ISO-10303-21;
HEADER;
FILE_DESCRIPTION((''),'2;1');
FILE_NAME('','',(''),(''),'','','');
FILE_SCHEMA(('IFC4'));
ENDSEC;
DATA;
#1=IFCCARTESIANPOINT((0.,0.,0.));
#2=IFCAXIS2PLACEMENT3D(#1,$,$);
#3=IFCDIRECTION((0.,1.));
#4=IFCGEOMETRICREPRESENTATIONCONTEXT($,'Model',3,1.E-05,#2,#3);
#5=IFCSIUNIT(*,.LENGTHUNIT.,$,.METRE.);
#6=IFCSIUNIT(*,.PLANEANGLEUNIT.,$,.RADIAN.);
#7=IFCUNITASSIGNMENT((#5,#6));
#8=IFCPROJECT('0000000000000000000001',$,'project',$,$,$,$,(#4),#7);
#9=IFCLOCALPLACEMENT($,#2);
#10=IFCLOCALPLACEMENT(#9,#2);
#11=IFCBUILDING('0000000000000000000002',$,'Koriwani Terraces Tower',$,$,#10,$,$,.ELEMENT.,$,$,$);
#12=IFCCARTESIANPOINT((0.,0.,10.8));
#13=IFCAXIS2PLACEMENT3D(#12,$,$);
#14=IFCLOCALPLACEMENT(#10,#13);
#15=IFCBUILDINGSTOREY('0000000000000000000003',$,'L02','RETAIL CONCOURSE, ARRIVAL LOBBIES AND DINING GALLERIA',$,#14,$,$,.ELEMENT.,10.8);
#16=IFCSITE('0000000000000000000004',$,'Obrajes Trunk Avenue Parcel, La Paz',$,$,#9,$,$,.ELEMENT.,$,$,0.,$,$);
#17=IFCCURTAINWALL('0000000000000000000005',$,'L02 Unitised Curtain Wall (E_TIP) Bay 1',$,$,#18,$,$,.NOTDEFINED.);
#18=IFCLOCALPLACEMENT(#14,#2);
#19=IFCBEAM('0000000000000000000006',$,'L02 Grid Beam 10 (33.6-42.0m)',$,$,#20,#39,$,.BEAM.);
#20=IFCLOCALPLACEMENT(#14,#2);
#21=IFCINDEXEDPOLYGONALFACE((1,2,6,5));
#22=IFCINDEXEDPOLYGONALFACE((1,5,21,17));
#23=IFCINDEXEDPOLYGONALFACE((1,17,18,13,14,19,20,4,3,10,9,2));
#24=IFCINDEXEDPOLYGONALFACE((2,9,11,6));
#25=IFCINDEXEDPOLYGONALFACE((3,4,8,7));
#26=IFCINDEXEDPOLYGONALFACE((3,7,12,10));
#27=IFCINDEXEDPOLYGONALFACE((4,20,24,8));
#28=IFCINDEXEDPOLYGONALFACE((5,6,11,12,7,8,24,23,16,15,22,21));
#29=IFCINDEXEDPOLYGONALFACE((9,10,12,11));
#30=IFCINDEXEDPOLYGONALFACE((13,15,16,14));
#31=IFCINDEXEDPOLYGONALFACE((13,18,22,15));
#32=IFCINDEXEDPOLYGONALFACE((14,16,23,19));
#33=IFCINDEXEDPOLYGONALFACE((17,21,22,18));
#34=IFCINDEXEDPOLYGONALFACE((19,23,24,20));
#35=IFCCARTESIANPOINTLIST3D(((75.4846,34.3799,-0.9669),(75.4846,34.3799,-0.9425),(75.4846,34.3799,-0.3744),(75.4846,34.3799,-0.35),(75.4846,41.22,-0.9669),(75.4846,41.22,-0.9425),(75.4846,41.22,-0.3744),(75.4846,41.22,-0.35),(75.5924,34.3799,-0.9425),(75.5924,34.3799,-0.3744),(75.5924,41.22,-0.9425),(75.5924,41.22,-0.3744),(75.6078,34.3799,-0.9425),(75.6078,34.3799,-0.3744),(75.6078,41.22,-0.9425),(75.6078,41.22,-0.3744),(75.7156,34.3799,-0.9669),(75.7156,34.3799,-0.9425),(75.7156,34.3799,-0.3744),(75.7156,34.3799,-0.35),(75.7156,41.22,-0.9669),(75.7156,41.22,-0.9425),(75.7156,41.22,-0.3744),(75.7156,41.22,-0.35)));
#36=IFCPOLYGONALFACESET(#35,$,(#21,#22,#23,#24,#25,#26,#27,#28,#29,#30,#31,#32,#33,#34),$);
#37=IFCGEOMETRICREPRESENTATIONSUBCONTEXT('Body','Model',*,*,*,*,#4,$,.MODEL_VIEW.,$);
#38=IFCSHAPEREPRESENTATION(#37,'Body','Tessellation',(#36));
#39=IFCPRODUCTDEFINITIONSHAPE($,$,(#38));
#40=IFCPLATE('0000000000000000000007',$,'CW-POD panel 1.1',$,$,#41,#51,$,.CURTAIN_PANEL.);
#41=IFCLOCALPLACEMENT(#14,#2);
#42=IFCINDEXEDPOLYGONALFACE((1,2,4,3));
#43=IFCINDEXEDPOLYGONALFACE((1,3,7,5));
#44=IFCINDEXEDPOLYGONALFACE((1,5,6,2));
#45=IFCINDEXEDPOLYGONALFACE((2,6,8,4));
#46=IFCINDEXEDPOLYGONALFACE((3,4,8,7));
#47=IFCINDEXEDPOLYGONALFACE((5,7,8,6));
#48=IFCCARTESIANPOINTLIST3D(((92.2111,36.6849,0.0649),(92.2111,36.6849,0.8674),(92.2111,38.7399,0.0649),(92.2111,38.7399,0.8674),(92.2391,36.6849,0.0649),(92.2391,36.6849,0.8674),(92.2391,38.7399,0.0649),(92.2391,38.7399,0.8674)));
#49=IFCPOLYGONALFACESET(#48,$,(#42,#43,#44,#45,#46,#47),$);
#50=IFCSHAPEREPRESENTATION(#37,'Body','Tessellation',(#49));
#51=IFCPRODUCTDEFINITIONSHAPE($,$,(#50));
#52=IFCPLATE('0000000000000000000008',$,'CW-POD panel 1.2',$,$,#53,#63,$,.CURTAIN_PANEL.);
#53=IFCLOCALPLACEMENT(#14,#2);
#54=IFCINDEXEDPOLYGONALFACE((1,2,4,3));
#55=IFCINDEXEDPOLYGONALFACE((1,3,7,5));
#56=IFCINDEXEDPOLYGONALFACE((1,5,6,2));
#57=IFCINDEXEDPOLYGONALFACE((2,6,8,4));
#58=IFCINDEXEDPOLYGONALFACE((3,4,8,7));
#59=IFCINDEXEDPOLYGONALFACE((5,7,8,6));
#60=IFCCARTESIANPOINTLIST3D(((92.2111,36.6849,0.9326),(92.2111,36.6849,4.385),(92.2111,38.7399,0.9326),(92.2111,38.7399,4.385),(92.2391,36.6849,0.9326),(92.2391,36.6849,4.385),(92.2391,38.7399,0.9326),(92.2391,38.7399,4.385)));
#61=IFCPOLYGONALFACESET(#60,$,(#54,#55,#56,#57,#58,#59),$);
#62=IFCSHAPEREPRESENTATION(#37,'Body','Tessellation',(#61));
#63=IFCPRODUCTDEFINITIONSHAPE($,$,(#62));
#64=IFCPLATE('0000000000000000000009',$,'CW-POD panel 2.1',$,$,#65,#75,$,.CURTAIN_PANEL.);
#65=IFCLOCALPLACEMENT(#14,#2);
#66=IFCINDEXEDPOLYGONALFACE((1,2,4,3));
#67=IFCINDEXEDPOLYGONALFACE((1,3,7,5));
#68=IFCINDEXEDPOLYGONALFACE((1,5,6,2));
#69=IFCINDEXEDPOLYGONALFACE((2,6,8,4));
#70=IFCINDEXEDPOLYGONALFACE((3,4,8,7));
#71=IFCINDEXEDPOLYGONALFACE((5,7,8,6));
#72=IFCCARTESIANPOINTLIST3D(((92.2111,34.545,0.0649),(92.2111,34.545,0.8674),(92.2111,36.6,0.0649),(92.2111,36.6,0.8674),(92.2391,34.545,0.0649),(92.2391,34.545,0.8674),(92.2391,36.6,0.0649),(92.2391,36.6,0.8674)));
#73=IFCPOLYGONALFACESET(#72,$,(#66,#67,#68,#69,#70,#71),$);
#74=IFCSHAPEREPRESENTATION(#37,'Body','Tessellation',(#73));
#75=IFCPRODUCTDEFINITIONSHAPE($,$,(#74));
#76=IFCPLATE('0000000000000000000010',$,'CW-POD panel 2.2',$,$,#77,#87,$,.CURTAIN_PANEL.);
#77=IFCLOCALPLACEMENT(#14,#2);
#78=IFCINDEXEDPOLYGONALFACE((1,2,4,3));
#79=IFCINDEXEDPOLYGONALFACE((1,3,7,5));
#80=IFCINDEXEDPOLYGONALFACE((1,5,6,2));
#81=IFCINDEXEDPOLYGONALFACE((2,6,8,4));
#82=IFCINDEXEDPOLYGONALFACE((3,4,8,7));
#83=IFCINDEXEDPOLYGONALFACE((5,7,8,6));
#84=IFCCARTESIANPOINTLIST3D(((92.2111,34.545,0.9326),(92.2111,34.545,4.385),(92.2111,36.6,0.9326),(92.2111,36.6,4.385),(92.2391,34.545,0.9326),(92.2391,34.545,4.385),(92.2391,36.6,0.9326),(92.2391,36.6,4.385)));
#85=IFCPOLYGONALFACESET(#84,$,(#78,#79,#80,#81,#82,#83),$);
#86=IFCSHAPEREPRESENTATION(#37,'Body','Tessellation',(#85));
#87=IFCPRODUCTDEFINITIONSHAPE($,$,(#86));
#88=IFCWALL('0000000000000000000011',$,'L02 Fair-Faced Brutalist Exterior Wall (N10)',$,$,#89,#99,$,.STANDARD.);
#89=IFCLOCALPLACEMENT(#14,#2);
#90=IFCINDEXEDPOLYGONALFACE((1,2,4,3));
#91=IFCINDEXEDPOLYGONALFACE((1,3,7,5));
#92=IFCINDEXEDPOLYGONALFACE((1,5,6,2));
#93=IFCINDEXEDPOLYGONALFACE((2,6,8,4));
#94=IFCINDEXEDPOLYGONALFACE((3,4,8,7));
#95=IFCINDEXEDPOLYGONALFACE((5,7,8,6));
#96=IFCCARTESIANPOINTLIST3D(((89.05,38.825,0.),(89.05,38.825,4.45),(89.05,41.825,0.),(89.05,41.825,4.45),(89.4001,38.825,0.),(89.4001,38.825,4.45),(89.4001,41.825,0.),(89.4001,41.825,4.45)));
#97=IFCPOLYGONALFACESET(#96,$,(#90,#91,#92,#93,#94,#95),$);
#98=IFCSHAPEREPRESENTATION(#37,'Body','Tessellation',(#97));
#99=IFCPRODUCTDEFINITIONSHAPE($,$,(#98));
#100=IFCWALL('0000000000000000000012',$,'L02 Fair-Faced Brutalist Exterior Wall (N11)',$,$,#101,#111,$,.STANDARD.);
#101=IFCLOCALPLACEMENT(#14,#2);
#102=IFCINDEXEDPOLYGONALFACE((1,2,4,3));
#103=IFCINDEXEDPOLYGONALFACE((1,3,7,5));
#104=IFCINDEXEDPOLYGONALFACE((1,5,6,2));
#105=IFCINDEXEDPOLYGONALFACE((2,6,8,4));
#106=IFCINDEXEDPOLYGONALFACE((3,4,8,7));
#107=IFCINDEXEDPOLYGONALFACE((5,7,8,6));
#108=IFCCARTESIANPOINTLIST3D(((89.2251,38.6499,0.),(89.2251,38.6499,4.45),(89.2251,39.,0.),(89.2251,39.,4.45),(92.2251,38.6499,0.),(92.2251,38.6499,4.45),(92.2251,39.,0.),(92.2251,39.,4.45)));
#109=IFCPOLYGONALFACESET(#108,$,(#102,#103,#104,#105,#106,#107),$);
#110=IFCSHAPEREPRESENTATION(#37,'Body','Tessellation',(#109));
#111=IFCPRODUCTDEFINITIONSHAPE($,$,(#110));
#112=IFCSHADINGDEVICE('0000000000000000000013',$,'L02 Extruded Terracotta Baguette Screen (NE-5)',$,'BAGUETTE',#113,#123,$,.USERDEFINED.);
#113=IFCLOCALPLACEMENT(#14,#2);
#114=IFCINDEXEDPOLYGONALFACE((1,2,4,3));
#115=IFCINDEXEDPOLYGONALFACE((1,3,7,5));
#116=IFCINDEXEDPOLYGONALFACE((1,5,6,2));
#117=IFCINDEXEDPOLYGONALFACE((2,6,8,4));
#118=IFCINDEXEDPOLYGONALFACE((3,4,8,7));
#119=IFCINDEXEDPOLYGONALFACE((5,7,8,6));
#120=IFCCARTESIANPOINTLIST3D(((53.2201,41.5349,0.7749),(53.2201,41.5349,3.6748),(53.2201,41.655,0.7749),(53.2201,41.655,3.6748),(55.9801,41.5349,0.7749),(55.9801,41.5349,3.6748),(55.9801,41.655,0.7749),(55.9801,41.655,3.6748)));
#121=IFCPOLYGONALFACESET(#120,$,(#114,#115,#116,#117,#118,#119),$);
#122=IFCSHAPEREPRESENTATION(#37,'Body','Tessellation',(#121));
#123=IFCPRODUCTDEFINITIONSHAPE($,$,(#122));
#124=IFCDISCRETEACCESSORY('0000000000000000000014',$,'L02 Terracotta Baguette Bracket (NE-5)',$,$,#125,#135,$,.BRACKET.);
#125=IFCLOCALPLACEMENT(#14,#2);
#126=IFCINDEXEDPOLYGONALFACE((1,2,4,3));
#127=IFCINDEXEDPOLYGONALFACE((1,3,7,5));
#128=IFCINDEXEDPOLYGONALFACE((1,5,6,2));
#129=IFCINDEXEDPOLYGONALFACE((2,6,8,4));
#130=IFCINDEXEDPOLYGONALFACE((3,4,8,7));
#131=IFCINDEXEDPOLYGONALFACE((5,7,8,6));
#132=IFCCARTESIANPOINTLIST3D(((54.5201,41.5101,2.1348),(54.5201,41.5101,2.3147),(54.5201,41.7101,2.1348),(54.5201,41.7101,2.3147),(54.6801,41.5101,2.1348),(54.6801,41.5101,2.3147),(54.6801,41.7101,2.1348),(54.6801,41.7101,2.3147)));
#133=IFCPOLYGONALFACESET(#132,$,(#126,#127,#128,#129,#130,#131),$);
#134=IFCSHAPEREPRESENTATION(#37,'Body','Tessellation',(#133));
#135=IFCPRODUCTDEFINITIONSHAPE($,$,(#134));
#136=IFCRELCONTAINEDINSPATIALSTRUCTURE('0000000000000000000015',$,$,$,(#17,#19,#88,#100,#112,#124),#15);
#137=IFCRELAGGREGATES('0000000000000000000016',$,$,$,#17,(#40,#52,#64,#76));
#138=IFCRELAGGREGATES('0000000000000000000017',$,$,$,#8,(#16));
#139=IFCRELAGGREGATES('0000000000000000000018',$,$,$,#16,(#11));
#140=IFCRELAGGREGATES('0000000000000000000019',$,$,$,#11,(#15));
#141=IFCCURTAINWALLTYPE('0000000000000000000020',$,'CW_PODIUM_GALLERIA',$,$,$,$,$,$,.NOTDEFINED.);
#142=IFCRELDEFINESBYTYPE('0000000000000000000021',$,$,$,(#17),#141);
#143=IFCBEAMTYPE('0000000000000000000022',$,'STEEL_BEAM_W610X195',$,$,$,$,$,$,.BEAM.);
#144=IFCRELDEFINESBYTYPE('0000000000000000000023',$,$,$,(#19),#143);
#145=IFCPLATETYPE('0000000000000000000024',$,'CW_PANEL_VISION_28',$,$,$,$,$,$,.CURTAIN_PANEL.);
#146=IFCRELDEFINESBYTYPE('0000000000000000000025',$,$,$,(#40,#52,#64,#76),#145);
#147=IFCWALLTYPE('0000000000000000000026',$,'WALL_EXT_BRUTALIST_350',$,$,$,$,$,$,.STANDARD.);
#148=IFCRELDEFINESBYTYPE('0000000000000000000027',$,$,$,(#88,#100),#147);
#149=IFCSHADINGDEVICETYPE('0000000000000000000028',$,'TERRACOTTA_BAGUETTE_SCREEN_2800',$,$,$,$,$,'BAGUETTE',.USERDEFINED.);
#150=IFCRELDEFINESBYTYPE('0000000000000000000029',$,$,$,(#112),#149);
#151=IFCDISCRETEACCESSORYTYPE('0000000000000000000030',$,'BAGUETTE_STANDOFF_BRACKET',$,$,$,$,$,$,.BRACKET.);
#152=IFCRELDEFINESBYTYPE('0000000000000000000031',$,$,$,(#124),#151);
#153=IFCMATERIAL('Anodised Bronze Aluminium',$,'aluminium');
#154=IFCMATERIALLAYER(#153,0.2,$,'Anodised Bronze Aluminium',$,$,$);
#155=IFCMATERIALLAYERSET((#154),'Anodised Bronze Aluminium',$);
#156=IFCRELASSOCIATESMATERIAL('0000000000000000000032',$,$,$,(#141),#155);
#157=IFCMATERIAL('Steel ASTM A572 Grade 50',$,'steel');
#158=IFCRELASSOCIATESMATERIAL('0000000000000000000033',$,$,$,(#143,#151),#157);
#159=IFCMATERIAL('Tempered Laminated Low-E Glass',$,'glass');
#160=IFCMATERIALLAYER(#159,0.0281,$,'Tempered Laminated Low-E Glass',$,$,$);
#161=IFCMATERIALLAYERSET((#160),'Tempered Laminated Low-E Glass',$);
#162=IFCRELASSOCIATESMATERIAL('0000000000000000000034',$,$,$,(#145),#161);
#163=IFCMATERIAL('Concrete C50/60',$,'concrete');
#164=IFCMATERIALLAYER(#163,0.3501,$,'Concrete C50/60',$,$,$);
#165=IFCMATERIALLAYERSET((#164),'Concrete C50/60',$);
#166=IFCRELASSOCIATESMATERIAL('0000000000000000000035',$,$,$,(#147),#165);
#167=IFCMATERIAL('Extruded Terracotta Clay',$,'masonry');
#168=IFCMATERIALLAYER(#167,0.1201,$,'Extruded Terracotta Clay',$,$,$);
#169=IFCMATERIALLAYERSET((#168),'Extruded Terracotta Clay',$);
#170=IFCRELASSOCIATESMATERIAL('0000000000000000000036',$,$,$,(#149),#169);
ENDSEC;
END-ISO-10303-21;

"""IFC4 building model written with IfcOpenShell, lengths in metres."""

from ifc_helpers import new_model, si_unit, direction, frame, frame_2d, origin, origin_2d, place, context, subcontext, project, spatial, rectangle, i_section, extrude, material, layer, layer_set, material_profile, profile_set, type_object, element, aggregate, save


model = new_model("IFC4")

# Units and contexts
model_context = context("Model", 3, precision=1e-05, world=origin(), true_north=direction((0.0, 1.0)))
body_context = subcontext(model_context, "Body", "Model", "MODEL_VIEW")
ifc_project = project(units=[si_unit("LENGTHUNIT", "METRE"), si_unit("PLANEANGLEUNIT", "RADIAN")], contexts=[model_context])

# Site, building, storey
site_placement = place(None, origin())
site = spatial("IfcSite", under=ifc_project, at=site_placement, Name="Obrajes Trunk Avenue Parcel, La Paz", CompositionType="ELEMENT", RefElevation=0.0)
building_placement = place(site_placement, origin())
building = spatial("IfcBuilding", under=site, at=building_placement, Name="Koriwani Terraces Tower", CompositionType="ELEMENT")
storey_placement = place(building_placement, frame((0.0, 0.0, 10.8)))
storey = spatial("IfcBuildingStorey", under=building, at=storey_placement, Name="L02", Description="RETAIL CONCOURSE, ARRIVAL LOBBIES AND DINING GALLERIA", CompositionType="ELEMENT", Elevation=10.8)

# Curtain wall
ifc_material_1 = material(Name="Anodised Bronze Aluminium", Category="aluminium")
ifc_layer_1 = layer(ifc_material_1, 0.2, Name="Anodised Bronze Aluminium")
ifc_layer_set_1 = layer_set([ifc_layer_1], Name="Anodised Bronze Aluminium")
curtain_wall_type = type_object("IfcCurtainWallType", Name="CW_PODIUM_GALLERIA", PredefinedType="NOTDEFINED", material=ifc_layer_set_1)
curtain_wall_placement = place(storey_placement, origin())
curtain_wall = element("IfcCurtainWall", 1, at=curtain_wall_placement, inside=storey, type_object=curtain_wall_type, Name="L02 Unitised Curtain Wall (E_TIP) Bay 1", PredefinedType="NOTDEFINED")

# Beam
ifc_material_2 = material(Name="Steel ASTM A572 Grade 50", Category="steel")
ifc_material_profile_1 = material_profile(ifc_material_2, i_section(OverallWidth=0.231, OverallDepth=0.6169, WebThickness=0.0154, FlangeThickness=0.0244, at=origin_2d()), Name="Steel ASTM A572 Grade 50", Category="LoadBearing")
ifc_profile_set_1 = profile_set([ifc_material_profile_1], Name="Steel ASTM A572 Grade 50")
beam_type_1 = type_object("IfcBeamType", Name="STEEL_BEAM_W610X195", PredefinedType="BEAM", material=ifc_profile_set_1)
beam_1_placement = place(storey_placement, frame((75.6001, 34.3799, -0.6584), z_axis=(0.0, 1.0, 0.0), x_axis=(-1.0, 0.0, 0.0)))
element("IfcBeam", 2, at=beam_1_placement, inside=storey, type_object=beam_type_1, Name="L02 Grid Beam 10 (33.6-42.0m)", PredefinedType="BEAM", context=body_context, shape_type="SweptSolid", body=[
    extrude(i_section(OverallWidth=0.231, OverallDepth=0.6169, WebThickness=0.0154, FlangeThickness=0.0244, at=origin_2d()), origin(), (0.0, 0.0, 1.0), 6.8401),
])

# Plates
ifc_material_3 = material(Name="Tempered Laminated Low-E Glass", Category="glass")
ifc_layer_2 = layer(ifc_material_3, 0.0281, Name="Tempered Laminated Low-E Glass")
ifc_layer_set_2 = layer_set([ifc_layer_2], Name="Tempered Laminated Low-E Glass")
plate_type = type_object("IfcPlateType", Name="CW_PANEL_VISION_28", PredefinedType="CURTAIN_PANEL", material=ifc_layer_set_2)
plate_1_placement = place(storey_placement, frame((92.2251, 37.7124, 0.0649), z_axis=(0.0, 0.0, 1.0), x_axis=(0.0, -1.0, 0.0)))
plate_1 = element("IfcPlate", 3, at=plate_1_placement, type_object=plate_type, Name="CW-POD panel 1.1", PredefinedType="CURTAIN_PANEL", context=body_context, shape_type="SweptSolid", body=[
    extrude(rectangle(XDim=2.0549, YDim=0.0281, at=origin_2d()), origin(), (0.0, 0.0, 1.0), 0.8025),
])
plate_2_placement = place(storey_placement, frame((92.2251, 37.7124, 0.9326), z_axis=(0.0, 0.0, 1.0), x_axis=(0.0, -1.0, 0.0)))
plate_2 = element("IfcPlate", 4, at=plate_2_placement, type_object=plate_type, Name="CW-POD panel 1.2", PredefinedType="CURTAIN_PANEL", context=body_context, shape_type="SweptSolid", body=[
    extrude(rectangle(XDim=2.0549, YDim=0.0281, at=origin_2d()), origin(), (0.0, 0.0, 1.0), 3.4524),
])
plate_3_placement = place(storey_placement, frame((92.2251, 35.5725, 0.0649), z_axis=(0.0, 0.0, 1.0), x_axis=(0.0, -1.0, 0.0)))
plate_3 = element("IfcPlate", 5, at=plate_3_placement, type_object=plate_type, Name="CW-POD panel 2.1", PredefinedType="CURTAIN_PANEL", context=body_context, shape_type="SweptSolid", body=[
    extrude(rectangle(XDim=2.0549, YDim=0.0281, at=origin_2d()), origin(), (0.0, 0.0, 1.0), 0.8025),
])
plate_4_placement = place(storey_placement, frame((92.2251, 35.5725, 0.9326), z_axis=(0.0, 0.0, 1.0), x_axis=(0.0, -1.0, 0.0)))
plate_4 = element("IfcPlate", 6, at=plate_4_placement, type_object=plate_type, Name="CW-POD panel 2.2", PredefinedType="CURTAIN_PANEL", context=body_context, shape_type="SweptSolid", body=[
    extrude(rectangle(XDim=2.0549, YDim=0.0281, at=origin_2d()), origin(), (0.0, 0.0, 1.0), 3.4524),
])
aggregate(curtain_wall, [plate_1, plate_2, plate_3, plate_4])

# Walls
ifc_material_4 = material(Name="Concrete C50/60", Category="concrete")
ifc_layer_3 = layer(ifc_material_4, 0.3501, Name="Concrete C50/60")
ifc_layer_set_3 = layer_set([ifc_layer_3], Name="Concrete C50/60")
wall_type = type_object("IfcWallType", Name="WALL_EXT_BRUTALIST_350", PredefinedType="STANDARD", material=ifc_layer_set_3)
for number, where, z_axis, x_axis, name in (
    (7, (89.2251, 41.825, 0.0), (0.0, 0.0, 1.0), (0.0, -1.0, 0.0), "L02 Fair-Faced Brutalist Exterior Wall (N10)"),
    (8, (89.2251, 38.825, 0.0), (0.0, 0.0, 1.0), (1.0, 0.0, 0.0), "L02 Fair-Faced Brutalist Exterior Wall (N11)"),
):
    element("IfcWall", number, at=place(storey_placement, frame(where, z_axis=z_axis, x_axis=x_axis)), inside=storey, type_object=wall_type, Name=name, PredefinedType="STANDARD", context=body_context, shape_type="SweptSolid", body=[
        extrude(rectangle(XDim=3.0, YDim=0.3501, at=frame_2d((1.5, 0.0))), origin(), (0.0, 0.0, 1.0), 4.45),
    ])

# Shading device
ifc_material_5 = material(Name="Extruded Terracotta Clay", Category="masonry")
ifc_layer_4 = layer(ifc_material_5, 0.1201, Name="Extruded Terracotta Clay")
ifc_layer_set_4 = layer_set([ifc_layer_4], Name="Extruded Terracotta Clay")
shading_device_type = type_object("IfcShadingDeviceType", Name="TERRACOTTA_BAGUETTE_SCREEN_2800", ElementType="BAGUETTE", PredefinedType="USERDEFINED", material=ifc_layer_set_4)
shading_device_placement = place(storey_placement, frame((54.6001, 41.595, 0.7749), z_axis=(0.0, 0.0, 1.0), x_axis=(1.0, 0.0, 0.0)))
element("IfcShadingDevice", 9, at=shading_device_placement, inside=storey, type_object=shading_device_type, Name="L02 Extruded Terracotta Baguette Screen (NE-5)", ObjectType="BAGUETTE", PredefinedType="USERDEFINED", context=body_context, shape_type="SweptSolid", body=[
    extrude(rectangle(XDim=2.76, YDim=0.1201, at=origin_2d()), origin(), (0.0, 0.0, 1.0), 2.8999),
])

# Discrete accessory
discrete_accessory_type = type_object("IfcDiscreteAccessoryType", Name="BAGUETTE_STANDOFF_BRACKET", PredefinedType="BRACKET", material=ifc_material_2)
discrete_accessory_placement = place(storey_placement, frame((54.6001, 41.6101, 2.1348), z_axis=(0.0, 0.0, 1.0), x_axis=(1.0, 0.0, 0.0)))
element("IfcDiscreteAccessory", 10, at=discrete_accessory_placement, inside=storey, type_object=discrete_accessory_type, Name="L02 Terracotta Baguette Bracket (NE-5)", PredefinedType="BRACKET", context=body_context, shape_type="SweptSolid", body=[
    extrude(rectangle(XDim=0.1599, YDim=0.2, at=origin_2d()), origin(), (0.0, 0.0, 1.0), 0.1799),
])

save(model, "model.ifc")
